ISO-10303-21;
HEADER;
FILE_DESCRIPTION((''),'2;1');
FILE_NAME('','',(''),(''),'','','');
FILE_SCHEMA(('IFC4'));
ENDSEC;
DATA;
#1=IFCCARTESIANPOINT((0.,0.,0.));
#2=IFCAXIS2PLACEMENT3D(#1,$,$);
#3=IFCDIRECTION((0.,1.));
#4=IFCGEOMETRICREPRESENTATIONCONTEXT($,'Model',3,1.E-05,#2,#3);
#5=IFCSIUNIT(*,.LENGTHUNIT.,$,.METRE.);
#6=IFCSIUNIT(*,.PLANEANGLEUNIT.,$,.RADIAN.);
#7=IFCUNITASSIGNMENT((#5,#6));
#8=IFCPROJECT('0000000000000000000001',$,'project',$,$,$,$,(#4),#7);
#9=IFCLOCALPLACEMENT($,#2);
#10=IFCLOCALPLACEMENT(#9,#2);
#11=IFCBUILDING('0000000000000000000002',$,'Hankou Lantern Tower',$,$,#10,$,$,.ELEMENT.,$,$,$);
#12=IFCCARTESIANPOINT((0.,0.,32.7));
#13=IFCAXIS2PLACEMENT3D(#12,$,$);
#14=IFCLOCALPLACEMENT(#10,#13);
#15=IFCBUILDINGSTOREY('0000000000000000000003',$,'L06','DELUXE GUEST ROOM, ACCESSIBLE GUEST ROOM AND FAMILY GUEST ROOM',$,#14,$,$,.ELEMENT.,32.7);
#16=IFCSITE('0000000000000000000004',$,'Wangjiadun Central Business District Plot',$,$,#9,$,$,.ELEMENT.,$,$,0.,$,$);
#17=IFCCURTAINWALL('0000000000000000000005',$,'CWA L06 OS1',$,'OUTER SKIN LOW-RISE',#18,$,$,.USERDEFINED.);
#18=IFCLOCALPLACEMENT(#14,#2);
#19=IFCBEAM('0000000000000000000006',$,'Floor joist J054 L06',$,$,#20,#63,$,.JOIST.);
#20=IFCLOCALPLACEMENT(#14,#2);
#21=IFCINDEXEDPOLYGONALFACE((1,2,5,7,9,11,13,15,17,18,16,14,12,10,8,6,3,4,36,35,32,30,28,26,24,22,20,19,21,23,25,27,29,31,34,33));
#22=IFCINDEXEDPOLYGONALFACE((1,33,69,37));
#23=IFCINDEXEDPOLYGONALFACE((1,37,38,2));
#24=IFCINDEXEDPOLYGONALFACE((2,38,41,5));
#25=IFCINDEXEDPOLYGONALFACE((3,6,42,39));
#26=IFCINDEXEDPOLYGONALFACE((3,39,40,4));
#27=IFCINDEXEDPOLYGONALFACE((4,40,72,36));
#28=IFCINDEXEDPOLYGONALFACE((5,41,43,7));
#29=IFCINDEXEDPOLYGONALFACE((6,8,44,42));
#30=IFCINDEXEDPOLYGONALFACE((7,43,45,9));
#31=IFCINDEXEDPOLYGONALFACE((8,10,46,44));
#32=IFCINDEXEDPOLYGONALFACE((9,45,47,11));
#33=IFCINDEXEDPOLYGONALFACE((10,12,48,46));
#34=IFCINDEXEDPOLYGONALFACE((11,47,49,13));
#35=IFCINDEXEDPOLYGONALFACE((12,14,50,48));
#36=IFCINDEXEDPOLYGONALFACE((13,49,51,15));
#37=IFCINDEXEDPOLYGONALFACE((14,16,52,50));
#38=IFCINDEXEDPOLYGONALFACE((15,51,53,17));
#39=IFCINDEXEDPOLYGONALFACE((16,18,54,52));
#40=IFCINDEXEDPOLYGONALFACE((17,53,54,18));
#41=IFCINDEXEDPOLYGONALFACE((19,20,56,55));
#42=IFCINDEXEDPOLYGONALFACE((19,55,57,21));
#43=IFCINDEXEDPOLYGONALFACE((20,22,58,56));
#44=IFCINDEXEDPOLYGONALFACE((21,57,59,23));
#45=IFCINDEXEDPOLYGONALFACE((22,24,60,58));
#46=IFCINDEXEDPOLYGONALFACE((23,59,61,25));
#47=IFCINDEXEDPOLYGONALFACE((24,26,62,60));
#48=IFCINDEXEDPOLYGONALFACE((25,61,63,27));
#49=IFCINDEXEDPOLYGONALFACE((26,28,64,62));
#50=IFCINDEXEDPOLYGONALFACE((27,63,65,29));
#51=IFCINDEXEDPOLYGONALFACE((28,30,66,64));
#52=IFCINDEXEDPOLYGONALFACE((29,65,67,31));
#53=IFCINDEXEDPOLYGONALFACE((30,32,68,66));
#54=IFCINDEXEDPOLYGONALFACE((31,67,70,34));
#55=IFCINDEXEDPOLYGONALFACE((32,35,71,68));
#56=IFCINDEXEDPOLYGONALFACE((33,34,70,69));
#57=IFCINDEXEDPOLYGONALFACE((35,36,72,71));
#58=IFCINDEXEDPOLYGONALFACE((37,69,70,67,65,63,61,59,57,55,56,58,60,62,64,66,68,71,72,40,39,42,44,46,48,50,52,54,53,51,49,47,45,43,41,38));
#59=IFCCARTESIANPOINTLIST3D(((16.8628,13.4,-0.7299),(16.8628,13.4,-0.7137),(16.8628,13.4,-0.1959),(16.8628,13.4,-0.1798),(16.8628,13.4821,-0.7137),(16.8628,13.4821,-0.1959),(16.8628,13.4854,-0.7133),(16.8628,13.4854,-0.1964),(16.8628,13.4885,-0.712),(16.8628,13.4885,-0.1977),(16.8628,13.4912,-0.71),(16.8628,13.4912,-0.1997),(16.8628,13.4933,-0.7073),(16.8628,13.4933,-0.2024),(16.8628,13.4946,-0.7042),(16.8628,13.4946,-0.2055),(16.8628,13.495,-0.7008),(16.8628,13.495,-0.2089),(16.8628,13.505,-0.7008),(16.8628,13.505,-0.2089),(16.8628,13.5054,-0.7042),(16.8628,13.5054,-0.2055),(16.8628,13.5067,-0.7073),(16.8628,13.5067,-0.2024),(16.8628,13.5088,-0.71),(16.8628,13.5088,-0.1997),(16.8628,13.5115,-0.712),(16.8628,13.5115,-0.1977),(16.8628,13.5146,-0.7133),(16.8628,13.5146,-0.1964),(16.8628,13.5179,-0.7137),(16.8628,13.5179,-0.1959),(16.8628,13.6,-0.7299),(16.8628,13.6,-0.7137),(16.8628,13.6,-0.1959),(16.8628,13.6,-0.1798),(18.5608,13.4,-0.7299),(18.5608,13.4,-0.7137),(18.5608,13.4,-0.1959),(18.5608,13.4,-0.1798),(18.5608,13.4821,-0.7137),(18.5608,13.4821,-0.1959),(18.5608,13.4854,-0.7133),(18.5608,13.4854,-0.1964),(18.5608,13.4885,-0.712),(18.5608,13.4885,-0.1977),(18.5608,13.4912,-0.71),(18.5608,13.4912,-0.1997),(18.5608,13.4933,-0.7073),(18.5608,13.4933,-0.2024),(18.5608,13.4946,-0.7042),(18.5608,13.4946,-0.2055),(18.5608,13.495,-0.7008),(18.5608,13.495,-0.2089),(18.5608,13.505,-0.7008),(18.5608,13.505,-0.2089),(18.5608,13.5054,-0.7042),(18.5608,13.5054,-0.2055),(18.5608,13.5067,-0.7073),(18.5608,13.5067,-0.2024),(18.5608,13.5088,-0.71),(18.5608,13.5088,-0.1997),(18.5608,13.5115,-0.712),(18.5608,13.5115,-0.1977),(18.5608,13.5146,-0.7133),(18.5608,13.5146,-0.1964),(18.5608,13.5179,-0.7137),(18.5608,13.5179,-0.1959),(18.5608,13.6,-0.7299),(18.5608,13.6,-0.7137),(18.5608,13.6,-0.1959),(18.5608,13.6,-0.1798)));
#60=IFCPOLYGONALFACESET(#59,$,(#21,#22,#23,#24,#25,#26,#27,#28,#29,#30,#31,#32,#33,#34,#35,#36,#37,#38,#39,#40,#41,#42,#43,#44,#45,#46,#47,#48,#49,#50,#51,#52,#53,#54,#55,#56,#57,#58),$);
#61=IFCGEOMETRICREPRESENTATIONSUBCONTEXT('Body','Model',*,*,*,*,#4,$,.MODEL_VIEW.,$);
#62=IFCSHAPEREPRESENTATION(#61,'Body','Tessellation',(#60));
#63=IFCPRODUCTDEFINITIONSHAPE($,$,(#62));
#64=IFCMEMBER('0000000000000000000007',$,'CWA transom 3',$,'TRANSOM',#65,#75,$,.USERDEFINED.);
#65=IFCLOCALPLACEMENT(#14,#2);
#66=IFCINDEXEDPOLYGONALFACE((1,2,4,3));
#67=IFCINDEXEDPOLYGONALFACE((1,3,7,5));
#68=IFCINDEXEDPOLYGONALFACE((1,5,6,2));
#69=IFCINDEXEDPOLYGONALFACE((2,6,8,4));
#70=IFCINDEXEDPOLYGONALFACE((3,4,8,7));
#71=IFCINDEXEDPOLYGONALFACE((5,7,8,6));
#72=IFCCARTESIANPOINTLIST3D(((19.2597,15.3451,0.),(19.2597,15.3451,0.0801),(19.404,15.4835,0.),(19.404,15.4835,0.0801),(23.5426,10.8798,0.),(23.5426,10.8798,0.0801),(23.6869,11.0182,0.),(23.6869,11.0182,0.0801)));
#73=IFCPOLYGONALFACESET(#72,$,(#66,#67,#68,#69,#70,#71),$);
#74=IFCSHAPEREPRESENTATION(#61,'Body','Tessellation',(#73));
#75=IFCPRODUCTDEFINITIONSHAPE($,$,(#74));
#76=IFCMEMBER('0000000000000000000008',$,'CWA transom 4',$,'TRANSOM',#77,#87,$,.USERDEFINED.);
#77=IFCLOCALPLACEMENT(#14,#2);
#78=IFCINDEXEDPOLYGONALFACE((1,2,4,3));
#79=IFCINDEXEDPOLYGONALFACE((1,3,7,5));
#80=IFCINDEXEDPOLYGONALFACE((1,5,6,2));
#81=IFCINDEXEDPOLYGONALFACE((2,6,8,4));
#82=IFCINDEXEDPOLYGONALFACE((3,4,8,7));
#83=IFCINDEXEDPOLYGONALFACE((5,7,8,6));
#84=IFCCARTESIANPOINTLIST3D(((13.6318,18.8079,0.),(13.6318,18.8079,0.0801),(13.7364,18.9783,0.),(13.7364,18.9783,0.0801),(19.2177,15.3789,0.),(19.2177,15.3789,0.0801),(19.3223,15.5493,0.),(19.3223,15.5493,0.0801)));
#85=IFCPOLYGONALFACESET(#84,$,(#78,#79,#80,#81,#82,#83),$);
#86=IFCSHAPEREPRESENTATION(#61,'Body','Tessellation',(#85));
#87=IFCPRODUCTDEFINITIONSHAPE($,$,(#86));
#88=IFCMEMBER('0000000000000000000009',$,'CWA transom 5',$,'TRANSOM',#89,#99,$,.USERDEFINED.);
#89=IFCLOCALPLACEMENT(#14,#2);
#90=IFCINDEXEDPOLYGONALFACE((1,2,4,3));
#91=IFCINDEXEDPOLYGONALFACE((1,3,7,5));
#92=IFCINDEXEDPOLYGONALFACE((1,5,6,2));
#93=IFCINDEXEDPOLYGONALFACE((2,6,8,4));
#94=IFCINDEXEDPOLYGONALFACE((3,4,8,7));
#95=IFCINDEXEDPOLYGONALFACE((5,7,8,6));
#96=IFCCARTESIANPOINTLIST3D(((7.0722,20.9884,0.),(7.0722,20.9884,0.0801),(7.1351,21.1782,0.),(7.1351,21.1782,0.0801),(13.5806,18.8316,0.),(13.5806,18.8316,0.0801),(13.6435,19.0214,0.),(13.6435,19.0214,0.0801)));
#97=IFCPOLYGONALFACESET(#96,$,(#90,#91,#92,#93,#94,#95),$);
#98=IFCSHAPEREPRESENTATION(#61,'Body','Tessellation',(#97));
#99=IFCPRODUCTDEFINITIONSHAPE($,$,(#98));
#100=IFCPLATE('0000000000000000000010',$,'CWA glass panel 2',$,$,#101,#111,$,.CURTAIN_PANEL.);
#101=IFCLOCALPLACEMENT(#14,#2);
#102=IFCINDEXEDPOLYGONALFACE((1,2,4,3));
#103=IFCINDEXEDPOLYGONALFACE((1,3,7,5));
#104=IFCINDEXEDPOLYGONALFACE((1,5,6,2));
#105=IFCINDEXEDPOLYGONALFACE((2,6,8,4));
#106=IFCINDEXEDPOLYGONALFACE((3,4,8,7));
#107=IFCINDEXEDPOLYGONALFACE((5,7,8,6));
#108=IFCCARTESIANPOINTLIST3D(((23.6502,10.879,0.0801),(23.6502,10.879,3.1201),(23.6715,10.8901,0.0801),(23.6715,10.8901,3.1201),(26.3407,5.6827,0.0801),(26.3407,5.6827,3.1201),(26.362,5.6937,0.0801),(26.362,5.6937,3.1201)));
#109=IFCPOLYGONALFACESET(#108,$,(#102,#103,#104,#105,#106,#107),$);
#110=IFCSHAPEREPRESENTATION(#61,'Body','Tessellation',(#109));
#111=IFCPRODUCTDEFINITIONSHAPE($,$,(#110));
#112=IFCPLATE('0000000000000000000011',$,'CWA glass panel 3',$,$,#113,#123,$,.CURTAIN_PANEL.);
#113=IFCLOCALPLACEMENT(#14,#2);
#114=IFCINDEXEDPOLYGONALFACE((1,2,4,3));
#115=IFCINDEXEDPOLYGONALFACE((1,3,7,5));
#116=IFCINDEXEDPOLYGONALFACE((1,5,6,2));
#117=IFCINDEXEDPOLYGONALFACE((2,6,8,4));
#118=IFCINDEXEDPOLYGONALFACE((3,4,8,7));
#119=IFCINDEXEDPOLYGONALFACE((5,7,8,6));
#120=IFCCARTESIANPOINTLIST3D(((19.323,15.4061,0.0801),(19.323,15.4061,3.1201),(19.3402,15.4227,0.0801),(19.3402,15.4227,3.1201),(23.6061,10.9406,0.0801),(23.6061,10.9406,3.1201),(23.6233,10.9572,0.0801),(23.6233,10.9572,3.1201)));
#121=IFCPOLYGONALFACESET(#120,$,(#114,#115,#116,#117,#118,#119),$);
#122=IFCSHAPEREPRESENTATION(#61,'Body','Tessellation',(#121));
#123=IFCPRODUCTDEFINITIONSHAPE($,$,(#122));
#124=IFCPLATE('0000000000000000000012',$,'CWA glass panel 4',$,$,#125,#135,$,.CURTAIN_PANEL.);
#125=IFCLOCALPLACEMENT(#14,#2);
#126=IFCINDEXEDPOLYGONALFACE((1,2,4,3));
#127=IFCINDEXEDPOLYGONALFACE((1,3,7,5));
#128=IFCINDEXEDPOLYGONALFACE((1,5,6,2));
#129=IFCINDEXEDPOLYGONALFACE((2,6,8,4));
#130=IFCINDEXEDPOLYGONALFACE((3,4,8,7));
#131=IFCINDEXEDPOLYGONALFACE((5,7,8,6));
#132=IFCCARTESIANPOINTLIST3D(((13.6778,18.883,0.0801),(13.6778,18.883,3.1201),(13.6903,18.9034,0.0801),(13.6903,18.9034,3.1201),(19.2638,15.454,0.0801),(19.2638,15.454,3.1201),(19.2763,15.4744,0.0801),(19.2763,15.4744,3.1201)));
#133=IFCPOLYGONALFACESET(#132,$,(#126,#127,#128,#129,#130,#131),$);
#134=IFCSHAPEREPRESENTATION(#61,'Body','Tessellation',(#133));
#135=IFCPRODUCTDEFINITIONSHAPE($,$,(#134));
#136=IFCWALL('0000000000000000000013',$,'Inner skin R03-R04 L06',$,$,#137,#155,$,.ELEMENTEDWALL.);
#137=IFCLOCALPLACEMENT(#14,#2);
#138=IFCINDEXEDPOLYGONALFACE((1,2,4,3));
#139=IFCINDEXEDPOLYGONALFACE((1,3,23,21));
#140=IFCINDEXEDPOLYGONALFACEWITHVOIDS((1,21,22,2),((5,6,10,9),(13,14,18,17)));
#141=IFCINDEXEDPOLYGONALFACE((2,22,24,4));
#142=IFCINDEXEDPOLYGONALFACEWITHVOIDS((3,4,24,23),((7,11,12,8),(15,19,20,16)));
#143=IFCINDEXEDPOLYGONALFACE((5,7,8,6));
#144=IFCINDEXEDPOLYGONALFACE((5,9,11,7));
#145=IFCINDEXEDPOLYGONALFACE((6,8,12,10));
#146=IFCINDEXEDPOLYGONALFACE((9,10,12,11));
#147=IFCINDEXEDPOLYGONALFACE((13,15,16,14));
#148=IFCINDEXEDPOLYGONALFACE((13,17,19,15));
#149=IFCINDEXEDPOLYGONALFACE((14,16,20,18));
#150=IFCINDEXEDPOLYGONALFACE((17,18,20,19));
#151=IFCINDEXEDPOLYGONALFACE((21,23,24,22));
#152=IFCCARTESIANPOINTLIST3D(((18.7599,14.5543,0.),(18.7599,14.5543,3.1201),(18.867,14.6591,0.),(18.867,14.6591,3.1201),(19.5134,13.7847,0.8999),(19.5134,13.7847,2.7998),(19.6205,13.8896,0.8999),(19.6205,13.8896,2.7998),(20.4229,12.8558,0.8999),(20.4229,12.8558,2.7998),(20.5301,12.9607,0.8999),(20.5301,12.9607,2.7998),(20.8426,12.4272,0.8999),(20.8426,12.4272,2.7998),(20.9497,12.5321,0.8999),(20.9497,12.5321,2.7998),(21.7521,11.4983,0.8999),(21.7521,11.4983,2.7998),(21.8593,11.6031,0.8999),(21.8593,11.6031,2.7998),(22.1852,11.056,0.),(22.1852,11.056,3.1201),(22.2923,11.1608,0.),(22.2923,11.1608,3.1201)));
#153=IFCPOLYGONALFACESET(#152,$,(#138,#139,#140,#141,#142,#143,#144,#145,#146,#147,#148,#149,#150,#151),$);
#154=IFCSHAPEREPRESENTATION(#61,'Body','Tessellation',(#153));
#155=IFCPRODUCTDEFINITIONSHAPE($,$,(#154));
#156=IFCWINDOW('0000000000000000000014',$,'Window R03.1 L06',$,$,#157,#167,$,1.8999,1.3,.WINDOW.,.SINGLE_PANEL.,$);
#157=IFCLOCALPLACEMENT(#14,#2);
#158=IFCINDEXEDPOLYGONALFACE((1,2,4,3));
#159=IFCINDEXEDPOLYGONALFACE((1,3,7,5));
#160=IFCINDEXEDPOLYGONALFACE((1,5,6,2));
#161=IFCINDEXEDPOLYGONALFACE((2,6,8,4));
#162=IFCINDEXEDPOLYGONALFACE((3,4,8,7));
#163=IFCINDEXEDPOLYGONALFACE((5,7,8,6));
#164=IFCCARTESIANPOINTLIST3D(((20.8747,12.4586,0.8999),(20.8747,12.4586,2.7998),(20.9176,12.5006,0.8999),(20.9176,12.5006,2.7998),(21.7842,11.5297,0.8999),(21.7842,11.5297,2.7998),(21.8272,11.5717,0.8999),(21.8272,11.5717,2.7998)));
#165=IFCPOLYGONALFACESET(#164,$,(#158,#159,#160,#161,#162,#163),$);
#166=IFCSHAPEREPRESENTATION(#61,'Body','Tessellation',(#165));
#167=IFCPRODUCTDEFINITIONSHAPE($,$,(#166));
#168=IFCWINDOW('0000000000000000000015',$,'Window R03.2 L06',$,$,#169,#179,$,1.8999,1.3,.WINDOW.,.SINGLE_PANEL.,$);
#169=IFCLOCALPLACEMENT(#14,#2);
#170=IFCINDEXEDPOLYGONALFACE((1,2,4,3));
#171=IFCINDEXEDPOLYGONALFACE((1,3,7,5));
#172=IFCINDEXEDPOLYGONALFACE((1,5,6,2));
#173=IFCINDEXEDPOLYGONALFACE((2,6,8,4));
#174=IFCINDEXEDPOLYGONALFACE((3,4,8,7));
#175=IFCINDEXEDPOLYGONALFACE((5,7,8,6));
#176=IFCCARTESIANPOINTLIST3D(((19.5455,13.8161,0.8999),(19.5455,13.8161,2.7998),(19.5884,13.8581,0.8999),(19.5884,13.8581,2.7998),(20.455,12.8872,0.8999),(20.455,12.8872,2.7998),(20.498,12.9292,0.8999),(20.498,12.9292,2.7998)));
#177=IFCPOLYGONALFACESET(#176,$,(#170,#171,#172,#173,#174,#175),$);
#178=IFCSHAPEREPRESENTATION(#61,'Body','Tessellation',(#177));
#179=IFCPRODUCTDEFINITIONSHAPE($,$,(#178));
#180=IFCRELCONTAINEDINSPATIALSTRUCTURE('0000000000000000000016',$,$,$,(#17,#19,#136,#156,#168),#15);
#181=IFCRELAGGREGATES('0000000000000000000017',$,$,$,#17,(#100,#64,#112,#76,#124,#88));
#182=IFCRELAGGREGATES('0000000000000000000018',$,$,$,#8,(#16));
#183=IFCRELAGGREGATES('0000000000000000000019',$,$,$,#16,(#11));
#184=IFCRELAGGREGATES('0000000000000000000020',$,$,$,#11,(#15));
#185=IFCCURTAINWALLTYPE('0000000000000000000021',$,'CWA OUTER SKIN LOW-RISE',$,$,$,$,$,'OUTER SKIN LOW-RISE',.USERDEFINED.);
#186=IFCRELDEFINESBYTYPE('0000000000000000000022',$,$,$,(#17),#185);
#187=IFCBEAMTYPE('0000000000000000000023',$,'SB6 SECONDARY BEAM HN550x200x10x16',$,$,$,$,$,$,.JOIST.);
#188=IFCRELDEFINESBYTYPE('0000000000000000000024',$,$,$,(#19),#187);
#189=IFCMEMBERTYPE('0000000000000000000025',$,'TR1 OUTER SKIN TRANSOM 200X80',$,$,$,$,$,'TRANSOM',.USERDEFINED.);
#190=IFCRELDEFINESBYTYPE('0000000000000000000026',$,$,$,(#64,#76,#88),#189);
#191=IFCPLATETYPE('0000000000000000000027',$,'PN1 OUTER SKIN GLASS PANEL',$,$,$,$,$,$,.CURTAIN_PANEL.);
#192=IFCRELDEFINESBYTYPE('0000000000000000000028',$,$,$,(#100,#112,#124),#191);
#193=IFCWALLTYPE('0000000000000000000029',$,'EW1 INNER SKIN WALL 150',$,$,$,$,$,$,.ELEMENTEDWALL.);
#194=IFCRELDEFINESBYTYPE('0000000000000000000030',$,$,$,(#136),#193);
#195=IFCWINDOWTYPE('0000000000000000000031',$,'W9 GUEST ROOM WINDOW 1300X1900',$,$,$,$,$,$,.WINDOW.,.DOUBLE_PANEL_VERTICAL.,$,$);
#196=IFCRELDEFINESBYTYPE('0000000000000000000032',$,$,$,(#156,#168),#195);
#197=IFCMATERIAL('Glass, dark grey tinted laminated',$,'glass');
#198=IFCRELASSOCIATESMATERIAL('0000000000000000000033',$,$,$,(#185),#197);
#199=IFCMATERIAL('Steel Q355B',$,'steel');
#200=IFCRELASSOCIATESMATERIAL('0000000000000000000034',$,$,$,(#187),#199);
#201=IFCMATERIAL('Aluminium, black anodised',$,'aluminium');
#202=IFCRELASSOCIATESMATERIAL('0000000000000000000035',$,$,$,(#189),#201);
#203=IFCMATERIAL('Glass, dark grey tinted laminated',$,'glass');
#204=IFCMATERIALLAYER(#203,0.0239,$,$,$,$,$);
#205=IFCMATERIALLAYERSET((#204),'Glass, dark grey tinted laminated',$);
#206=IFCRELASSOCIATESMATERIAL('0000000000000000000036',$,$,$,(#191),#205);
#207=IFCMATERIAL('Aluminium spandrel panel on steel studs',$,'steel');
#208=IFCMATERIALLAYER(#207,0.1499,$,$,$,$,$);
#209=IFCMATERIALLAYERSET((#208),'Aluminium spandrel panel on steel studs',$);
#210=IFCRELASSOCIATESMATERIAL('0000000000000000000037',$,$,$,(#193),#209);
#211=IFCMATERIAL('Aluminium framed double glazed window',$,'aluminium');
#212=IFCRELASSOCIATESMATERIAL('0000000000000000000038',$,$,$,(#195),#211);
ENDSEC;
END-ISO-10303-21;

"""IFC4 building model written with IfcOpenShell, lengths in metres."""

from ifc_helpers import new_model, si_unit, direction, frame, frame_2d, origin, origin_2d, place, context, subcontext, project, spatial, rectangle, i_section, extrude, material, layer, layer_set, material_profile, profile_set, type_object, element, fill, aggregate, save


model = new_model("IFC4")

# Units and contexts
model_context = context("Model", 3, precision=1e-05, world=origin(), true_north=direction((0.0, 1.0)))
body_context = subcontext(model_context, "Body", "Model", "MODEL_VIEW")
ifc_project = project(units=[si_unit("LENGTHUNIT", "METRE"), si_unit("PLANEANGLEUNIT", "RADIAN")], contexts=[model_context])

# Site, building, storey
site_placement = place(None, origin())
site = spatial("IfcSite", under=ifc_project, at=site_placement, Name="Wangjiadun Central Business District Plot", CompositionType="ELEMENT", RefElevation=0.0)
building_placement = place(site_placement, origin())
building = spatial("IfcBuilding", under=site, at=building_placement, Name="Hankou Lantern Tower", CompositionType="ELEMENT")
storey_placement = place(building_placement, frame((0.0, 0.0, 32.7)))
storey = spatial("IfcBuildingStorey", under=building, at=storey_placement, Name="L06", Description="DELUXE GUEST ROOM, ACCESSIBLE GUEST ROOM AND FAMILY GUEST ROOM", CompositionType="ELEMENT", Elevation=32.7)

# Curtain wall
ifc_material_1 = material(Name="Glass, dark grey tinted laminated", Category="glass")
curtain_wall_type = type_object("IfcCurtainWallType", Name="CWA OUTER SKIN LOW-RISE", ElementType="OUTER SKIN LOW-RISE", PredefinedType="USERDEFINED", material=ifc_material_1)
curtain_wall_placement = place(storey_placement, origin())
curtain_wall = element("IfcCurtainWall", 1, at=curtain_wall_placement, inside=storey, type_object=curtain_wall_type, Name="CWA L06 OS1", ObjectType="OUTER SKIN LOW-RISE", PredefinedType="USERDEFINED")

# Beam
ifc_material_2 = material(Name="Steel Q355B", Category="steel")
ifc_material_profile_1 = material_profile(ifc_material_2, i_section(OverallWidth=0.2, OverallDepth=0.55, WebThickness=0.01, FlangeThickness=0.0161, FilletRadius=0.0129, at=origin_2d()), Name="HN550x200x10x16")
ifc_profile_set_1 = profile_set([ifc_material_profile_1], Name="Steel Q355B")
beam_type_1 = type_object("IfcBeamType", Name="SB6 SECONDARY BEAM HN550x200x10x16", PredefinedType="JOIST", material=ifc_profile_set_1)
beam_1_placement = place(storey_placement, frame((16.8628, 13.5, -0.4548), z_axis=(1.0, 0.0, 0.0), x_axis=(0.0, 1.0, 0.0)))
element("IfcBeam", 2, at=beam_1_placement, inside=storey, type_object=beam_type_1, Name="Floor joist J054 L06", PredefinedType="JOIST", context=body_context, shape_type="SweptSolid", body=[
    extrude(i_section(OverallWidth=0.2, OverallDepth=0.55, WebThickness=0.01, FlangeThickness=0.0161, FilletRadius=0.0129, at=origin_2d()), origin(), (0.0, 0.0, 1.0), 1.698),
])

# Members
ifc_material_3 = material(Name="Aluminium, black anodised", Category="aluminium")
ifc_material_profile_2 = material_profile(ifc_material_3, rectangle(XDim=0.2, YDim=0.0801, at=origin_2d()), Name="TR1 200X80")
ifc_profile_set_2 = profile_set([ifc_material_profile_2], Name="Aluminium, black anodised")
member_type_1 = type_object("IfcMemberType", Name="TR1 OUTER SKIN TRANSOM 200X80", ElementType="TRANSOM", PredefinedType="USERDEFINED", material=ifc_profile_set_2)
member_1_placement = place(storey_placement, frame((23.6147, 10.949, 0.04), z_axis=(-0.692216, 0.721691, 0.0), x_axis=(-0.721691, -0.692216, 0.0)))
member_1 = element("IfcMember", 3, at=member_1_placement, type_object=member_type_1, Name="CWA transom 3", ObjectType="TRANSOM", PredefinedType="USERDEFINED", context=body_context, shape_type="SweptSolid", body=[
    extrude(rectangle(XDim=0.2, YDim=0.0801, at=origin_2d()), origin(), (0.0, 0.0, 1.0), 6.1873),
])
member_2_placement = place(storey_placement, frame((19.27, 15.4641, 0.04), z_axis=(-0.85224, 0.523152, 0.0), x_axis=(-0.523152, -0.85224, 0.0)))
member_2 = element("IfcMember", 4, at=member_2_placement, type_object=member_type_1, Name="CWA transom 4", ObjectType="TRANSOM", PredefinedType="USERDEFINED", context=body_context, shape_type="SweptSolid", body=[
    extrude(rectangle(XDim=0.2, YDim=0.0801, at=origin_2d()), origin(), (0.0, 0.0, 1.0), 6.5544),
])
member_3_placement = place(storey_placement, frame((13.6121, 18.9265, 0.04), z_axis=(-0.949237, 0.314561, 0.0), x_axis=(-0.314561, -0.949237, 0.0)))
member_3 = element("IfcMember", 5, at=member_3_placement, type_object=member_type_1, Name="CWA transom 5", ObjectType="TRANSOM", PredefinedType="USERDEFINED", context=body_context, shape_type="SweptSolid", body=[
    extrude(rectangle(XDim=0.2, YDim=0.0801, at=origin_2d()), origin(), (0.0, 0.0, 1.0), 6.8564),
])

# Plates
ifc_material_4 = material(Name="Glass, dark grey tinted laminated", Category="glass")
ifc_layer_1 = layer(ifc_material_4, 0.0239)
ifc_layer_set_1 = layer_set([ifc_layer_1], Name="Glass, dark grey tinted laminated")
plate_type = type_object("IfcPlateType", Name="PN1 OUTER SKIN GLASS PANEL", PredefinedType="CURTAIN_PANEL", material=ifc_layer_set_1)
plate_1_placement = place(storey_placement, frame((25.0061, 8.2864, 0.0801), z_axis=(0.0, 0.0, 1.0), x_axis=(-0.459791, 0.888027, 0.0)))
plate_1 = element("IfcPlate", 6, at=plate_1_placement, type_object=plate_type, Name="CWA glass panel 2", PredefinedType="CURTAIN_PANEL", context=body_context, shape_type="SweptSolid", body=[
    extrude(rectangle(XDim=5.8516, YDim=0.0239, at=origin_2d()), origin(), (0.0, 0.0, 1.0), 3.04),
])
plate_2_placement = place(storey_placement, frame((21.4731, 13.1816, 0.0801), z_axis=(0.0, 0.0, 1.0), x_axis=(-0.692216, 0.721691, 0.0)))
plate_2 = element("IfcPlate", 7, at=plate_2_placement, type_object=plate_type, Name="CWA glass panel 3", PredefinedType="CURTAIN_PANEL", context=body_context, shape_type="SweptSolid", body=[
    extrude(rectangle(XDim=6.1875, YDim=0.0239, at=origin_2d()), origin(), (0.0, 0.0, 1.0), 3.04),
])
plate_3_placement = place(storey_placement, frame((16.4771, 17.1787, 0.0801), z_axis=(0.0, 0.0, 1.0), x_axis=(-0.852237, 0.523156, 0.0)))
plate_3 = element("IfcPlate", 8, at=plate_3_placement, type_object=plate_type, Name="CWA glass panel 4", PredefinedType="CURTAIN_PANEL", context=body_context, shape_type="SweptSolid", body=[
    extrude(rectangle(XDim=6.5544, YDim=0.0239, at=origin_2d()), origin(), (0.0, 0.0, 1.0), 3.04),
])
aggregate(curtain_wall, [plate_1, member_1, plate_2, member_2, plate_3, member_3])

# Wall, openings, windows
ifc_material_5 = material(Name="Aluminium spandrel panel on steel studs", Category="steel")
ifc_layer_2 = layer(ifc_material_5, 0.1499)
ifc_layer_set_2 = layer_set([ifc_layer_2], Name="Aluminium spandrel panel on steel studs")
wall_type_1 = type_object("IfcWallType", Name="EW1 INNER SKIN WALL 150", PredefinedType="ELEMENTEDWALL", material=ifc_layer_set_2)
wall_1_placement = place(storey_placement, frame((22.2388, 11.1084, 0.0), z_axis=(0.0, 0.0, 1.0), x_axis=(-0.699613, 0.714522, 0.0)))
wall_1 = element("IfcWall", 9, at=wall_1_placement, inside=storey, type_object=wall_type_1, Name="Inner skin R03-R04 L06", PredefinedType="ELEMENTEDWALL", context=body_context, shape_type="SweptSolid", body=[
    extrude(rectangle(XDim=4.896, YDim=0.1499, at=frame_2d((2.448, 0.0))), origin(), (0.0, 0.0, 1.0), 3.1201),
])
opening_1_placement = place(wall_1_placement, frame((0.6191, 0.0, 0.8999)))
opening_1 = element("IfcOpeningElement", 10, at=opening_1_placement, cuts=wall_1, PredefinedType="OPENING", context=body_context, shape_type="SweptSolid", body=[
    extrude(rectangle(XDim=1.3, YDim=1.8999, at=frame_2d((0.6499, 0.95))), frame((0.0, 0.085, 0.0), z_axis=(0.0, -1.0, 0.0), x_axis=(1.0, 0.0, 0.0)), (0.0, 0.0, 1.0), 0.1699),
])
opening_2_placement = place(wall_1_placement, frame((2.519, 0.0, 0.8999)))
opening_2 = element("IfcOpeningElement", 11, at=opening_2_placement, cuts=wall_1, PredefinedType="OPENING", context=body_context, shape_type="SweptSolid", body=[
    extrude(rectangle(XDim=1.3, YDim=1.8999, at=frame_2d((0.6499, 0.95))), frame((0.0, 0.085, 0.0), z_axis=(0.0, -1.0, 0.0), x_axis=(1.0, 0.0, 0.0)), (0.0, 0.0, 1.0), 0.1699),
])
ifc_material_6 = material(Name="Aluminium framed double glazed window", Category="aluminium")
window_type = type_object("IfcWindowType", Name="W9 GUEST ROOM WINDOW 1300X1900", PartitioningType="DOUBLE_PANEL_VERTICAL", PredefinedType="WINDOW", material=ifc_material_6)
window_1_placement = place(opening_1_placement, origin())
window_1 = element("IfcWindow", 12, at=window_1_placement, inside=storey, type_object=window_type, Name="Window R03.1 L06", OverallHeight=1.8999, OverallWidth=1.3, PartitioningType="SINGLE_PANEL", PredefinedType="WINDOW", context=body_context, shape_type="SweptSolid", body=[
    extrude(rectangle(XDim=1.3, YDim=1.8999, at=frame_2d((0.6499, 0.95))), frame((0.0, 0.03, 0.0), z_axis=(0.0, -1.0, 0.0), x_axis=(1.0, 0.0, 0.0)), (0.0, 0.0, 1.0), 0.0601),
])
fill(opening_1, window_1)
window_2_placement = place(opening_2_placement, origin())
window_2 = element("IfcWindow", 13, at=window_2_placement, inside=storey, type_object=window_type, Name="Window R03.2 L06", OverallHeight=1.8999, OverallWidth=1.3, PartitioningType="SINGLE_PANEL", PredefinedType="WINDOW", context=body_context, shape_type="SweptSolid", body=[
    extrude(rectangle(XDim=1.3, YDim=1.8999, at=frame_2d((0.6499, 0.95))), frame((0.0, 0.03, 0.0), z_axis=(0.0, -1.0, 0.0), x_axis=(1.0, 0.0, 0.0)), (0.0, 0.0, 1.0), 0.0601),
])
fill(opening_2, window_2)

save(model, "model.ifc")
